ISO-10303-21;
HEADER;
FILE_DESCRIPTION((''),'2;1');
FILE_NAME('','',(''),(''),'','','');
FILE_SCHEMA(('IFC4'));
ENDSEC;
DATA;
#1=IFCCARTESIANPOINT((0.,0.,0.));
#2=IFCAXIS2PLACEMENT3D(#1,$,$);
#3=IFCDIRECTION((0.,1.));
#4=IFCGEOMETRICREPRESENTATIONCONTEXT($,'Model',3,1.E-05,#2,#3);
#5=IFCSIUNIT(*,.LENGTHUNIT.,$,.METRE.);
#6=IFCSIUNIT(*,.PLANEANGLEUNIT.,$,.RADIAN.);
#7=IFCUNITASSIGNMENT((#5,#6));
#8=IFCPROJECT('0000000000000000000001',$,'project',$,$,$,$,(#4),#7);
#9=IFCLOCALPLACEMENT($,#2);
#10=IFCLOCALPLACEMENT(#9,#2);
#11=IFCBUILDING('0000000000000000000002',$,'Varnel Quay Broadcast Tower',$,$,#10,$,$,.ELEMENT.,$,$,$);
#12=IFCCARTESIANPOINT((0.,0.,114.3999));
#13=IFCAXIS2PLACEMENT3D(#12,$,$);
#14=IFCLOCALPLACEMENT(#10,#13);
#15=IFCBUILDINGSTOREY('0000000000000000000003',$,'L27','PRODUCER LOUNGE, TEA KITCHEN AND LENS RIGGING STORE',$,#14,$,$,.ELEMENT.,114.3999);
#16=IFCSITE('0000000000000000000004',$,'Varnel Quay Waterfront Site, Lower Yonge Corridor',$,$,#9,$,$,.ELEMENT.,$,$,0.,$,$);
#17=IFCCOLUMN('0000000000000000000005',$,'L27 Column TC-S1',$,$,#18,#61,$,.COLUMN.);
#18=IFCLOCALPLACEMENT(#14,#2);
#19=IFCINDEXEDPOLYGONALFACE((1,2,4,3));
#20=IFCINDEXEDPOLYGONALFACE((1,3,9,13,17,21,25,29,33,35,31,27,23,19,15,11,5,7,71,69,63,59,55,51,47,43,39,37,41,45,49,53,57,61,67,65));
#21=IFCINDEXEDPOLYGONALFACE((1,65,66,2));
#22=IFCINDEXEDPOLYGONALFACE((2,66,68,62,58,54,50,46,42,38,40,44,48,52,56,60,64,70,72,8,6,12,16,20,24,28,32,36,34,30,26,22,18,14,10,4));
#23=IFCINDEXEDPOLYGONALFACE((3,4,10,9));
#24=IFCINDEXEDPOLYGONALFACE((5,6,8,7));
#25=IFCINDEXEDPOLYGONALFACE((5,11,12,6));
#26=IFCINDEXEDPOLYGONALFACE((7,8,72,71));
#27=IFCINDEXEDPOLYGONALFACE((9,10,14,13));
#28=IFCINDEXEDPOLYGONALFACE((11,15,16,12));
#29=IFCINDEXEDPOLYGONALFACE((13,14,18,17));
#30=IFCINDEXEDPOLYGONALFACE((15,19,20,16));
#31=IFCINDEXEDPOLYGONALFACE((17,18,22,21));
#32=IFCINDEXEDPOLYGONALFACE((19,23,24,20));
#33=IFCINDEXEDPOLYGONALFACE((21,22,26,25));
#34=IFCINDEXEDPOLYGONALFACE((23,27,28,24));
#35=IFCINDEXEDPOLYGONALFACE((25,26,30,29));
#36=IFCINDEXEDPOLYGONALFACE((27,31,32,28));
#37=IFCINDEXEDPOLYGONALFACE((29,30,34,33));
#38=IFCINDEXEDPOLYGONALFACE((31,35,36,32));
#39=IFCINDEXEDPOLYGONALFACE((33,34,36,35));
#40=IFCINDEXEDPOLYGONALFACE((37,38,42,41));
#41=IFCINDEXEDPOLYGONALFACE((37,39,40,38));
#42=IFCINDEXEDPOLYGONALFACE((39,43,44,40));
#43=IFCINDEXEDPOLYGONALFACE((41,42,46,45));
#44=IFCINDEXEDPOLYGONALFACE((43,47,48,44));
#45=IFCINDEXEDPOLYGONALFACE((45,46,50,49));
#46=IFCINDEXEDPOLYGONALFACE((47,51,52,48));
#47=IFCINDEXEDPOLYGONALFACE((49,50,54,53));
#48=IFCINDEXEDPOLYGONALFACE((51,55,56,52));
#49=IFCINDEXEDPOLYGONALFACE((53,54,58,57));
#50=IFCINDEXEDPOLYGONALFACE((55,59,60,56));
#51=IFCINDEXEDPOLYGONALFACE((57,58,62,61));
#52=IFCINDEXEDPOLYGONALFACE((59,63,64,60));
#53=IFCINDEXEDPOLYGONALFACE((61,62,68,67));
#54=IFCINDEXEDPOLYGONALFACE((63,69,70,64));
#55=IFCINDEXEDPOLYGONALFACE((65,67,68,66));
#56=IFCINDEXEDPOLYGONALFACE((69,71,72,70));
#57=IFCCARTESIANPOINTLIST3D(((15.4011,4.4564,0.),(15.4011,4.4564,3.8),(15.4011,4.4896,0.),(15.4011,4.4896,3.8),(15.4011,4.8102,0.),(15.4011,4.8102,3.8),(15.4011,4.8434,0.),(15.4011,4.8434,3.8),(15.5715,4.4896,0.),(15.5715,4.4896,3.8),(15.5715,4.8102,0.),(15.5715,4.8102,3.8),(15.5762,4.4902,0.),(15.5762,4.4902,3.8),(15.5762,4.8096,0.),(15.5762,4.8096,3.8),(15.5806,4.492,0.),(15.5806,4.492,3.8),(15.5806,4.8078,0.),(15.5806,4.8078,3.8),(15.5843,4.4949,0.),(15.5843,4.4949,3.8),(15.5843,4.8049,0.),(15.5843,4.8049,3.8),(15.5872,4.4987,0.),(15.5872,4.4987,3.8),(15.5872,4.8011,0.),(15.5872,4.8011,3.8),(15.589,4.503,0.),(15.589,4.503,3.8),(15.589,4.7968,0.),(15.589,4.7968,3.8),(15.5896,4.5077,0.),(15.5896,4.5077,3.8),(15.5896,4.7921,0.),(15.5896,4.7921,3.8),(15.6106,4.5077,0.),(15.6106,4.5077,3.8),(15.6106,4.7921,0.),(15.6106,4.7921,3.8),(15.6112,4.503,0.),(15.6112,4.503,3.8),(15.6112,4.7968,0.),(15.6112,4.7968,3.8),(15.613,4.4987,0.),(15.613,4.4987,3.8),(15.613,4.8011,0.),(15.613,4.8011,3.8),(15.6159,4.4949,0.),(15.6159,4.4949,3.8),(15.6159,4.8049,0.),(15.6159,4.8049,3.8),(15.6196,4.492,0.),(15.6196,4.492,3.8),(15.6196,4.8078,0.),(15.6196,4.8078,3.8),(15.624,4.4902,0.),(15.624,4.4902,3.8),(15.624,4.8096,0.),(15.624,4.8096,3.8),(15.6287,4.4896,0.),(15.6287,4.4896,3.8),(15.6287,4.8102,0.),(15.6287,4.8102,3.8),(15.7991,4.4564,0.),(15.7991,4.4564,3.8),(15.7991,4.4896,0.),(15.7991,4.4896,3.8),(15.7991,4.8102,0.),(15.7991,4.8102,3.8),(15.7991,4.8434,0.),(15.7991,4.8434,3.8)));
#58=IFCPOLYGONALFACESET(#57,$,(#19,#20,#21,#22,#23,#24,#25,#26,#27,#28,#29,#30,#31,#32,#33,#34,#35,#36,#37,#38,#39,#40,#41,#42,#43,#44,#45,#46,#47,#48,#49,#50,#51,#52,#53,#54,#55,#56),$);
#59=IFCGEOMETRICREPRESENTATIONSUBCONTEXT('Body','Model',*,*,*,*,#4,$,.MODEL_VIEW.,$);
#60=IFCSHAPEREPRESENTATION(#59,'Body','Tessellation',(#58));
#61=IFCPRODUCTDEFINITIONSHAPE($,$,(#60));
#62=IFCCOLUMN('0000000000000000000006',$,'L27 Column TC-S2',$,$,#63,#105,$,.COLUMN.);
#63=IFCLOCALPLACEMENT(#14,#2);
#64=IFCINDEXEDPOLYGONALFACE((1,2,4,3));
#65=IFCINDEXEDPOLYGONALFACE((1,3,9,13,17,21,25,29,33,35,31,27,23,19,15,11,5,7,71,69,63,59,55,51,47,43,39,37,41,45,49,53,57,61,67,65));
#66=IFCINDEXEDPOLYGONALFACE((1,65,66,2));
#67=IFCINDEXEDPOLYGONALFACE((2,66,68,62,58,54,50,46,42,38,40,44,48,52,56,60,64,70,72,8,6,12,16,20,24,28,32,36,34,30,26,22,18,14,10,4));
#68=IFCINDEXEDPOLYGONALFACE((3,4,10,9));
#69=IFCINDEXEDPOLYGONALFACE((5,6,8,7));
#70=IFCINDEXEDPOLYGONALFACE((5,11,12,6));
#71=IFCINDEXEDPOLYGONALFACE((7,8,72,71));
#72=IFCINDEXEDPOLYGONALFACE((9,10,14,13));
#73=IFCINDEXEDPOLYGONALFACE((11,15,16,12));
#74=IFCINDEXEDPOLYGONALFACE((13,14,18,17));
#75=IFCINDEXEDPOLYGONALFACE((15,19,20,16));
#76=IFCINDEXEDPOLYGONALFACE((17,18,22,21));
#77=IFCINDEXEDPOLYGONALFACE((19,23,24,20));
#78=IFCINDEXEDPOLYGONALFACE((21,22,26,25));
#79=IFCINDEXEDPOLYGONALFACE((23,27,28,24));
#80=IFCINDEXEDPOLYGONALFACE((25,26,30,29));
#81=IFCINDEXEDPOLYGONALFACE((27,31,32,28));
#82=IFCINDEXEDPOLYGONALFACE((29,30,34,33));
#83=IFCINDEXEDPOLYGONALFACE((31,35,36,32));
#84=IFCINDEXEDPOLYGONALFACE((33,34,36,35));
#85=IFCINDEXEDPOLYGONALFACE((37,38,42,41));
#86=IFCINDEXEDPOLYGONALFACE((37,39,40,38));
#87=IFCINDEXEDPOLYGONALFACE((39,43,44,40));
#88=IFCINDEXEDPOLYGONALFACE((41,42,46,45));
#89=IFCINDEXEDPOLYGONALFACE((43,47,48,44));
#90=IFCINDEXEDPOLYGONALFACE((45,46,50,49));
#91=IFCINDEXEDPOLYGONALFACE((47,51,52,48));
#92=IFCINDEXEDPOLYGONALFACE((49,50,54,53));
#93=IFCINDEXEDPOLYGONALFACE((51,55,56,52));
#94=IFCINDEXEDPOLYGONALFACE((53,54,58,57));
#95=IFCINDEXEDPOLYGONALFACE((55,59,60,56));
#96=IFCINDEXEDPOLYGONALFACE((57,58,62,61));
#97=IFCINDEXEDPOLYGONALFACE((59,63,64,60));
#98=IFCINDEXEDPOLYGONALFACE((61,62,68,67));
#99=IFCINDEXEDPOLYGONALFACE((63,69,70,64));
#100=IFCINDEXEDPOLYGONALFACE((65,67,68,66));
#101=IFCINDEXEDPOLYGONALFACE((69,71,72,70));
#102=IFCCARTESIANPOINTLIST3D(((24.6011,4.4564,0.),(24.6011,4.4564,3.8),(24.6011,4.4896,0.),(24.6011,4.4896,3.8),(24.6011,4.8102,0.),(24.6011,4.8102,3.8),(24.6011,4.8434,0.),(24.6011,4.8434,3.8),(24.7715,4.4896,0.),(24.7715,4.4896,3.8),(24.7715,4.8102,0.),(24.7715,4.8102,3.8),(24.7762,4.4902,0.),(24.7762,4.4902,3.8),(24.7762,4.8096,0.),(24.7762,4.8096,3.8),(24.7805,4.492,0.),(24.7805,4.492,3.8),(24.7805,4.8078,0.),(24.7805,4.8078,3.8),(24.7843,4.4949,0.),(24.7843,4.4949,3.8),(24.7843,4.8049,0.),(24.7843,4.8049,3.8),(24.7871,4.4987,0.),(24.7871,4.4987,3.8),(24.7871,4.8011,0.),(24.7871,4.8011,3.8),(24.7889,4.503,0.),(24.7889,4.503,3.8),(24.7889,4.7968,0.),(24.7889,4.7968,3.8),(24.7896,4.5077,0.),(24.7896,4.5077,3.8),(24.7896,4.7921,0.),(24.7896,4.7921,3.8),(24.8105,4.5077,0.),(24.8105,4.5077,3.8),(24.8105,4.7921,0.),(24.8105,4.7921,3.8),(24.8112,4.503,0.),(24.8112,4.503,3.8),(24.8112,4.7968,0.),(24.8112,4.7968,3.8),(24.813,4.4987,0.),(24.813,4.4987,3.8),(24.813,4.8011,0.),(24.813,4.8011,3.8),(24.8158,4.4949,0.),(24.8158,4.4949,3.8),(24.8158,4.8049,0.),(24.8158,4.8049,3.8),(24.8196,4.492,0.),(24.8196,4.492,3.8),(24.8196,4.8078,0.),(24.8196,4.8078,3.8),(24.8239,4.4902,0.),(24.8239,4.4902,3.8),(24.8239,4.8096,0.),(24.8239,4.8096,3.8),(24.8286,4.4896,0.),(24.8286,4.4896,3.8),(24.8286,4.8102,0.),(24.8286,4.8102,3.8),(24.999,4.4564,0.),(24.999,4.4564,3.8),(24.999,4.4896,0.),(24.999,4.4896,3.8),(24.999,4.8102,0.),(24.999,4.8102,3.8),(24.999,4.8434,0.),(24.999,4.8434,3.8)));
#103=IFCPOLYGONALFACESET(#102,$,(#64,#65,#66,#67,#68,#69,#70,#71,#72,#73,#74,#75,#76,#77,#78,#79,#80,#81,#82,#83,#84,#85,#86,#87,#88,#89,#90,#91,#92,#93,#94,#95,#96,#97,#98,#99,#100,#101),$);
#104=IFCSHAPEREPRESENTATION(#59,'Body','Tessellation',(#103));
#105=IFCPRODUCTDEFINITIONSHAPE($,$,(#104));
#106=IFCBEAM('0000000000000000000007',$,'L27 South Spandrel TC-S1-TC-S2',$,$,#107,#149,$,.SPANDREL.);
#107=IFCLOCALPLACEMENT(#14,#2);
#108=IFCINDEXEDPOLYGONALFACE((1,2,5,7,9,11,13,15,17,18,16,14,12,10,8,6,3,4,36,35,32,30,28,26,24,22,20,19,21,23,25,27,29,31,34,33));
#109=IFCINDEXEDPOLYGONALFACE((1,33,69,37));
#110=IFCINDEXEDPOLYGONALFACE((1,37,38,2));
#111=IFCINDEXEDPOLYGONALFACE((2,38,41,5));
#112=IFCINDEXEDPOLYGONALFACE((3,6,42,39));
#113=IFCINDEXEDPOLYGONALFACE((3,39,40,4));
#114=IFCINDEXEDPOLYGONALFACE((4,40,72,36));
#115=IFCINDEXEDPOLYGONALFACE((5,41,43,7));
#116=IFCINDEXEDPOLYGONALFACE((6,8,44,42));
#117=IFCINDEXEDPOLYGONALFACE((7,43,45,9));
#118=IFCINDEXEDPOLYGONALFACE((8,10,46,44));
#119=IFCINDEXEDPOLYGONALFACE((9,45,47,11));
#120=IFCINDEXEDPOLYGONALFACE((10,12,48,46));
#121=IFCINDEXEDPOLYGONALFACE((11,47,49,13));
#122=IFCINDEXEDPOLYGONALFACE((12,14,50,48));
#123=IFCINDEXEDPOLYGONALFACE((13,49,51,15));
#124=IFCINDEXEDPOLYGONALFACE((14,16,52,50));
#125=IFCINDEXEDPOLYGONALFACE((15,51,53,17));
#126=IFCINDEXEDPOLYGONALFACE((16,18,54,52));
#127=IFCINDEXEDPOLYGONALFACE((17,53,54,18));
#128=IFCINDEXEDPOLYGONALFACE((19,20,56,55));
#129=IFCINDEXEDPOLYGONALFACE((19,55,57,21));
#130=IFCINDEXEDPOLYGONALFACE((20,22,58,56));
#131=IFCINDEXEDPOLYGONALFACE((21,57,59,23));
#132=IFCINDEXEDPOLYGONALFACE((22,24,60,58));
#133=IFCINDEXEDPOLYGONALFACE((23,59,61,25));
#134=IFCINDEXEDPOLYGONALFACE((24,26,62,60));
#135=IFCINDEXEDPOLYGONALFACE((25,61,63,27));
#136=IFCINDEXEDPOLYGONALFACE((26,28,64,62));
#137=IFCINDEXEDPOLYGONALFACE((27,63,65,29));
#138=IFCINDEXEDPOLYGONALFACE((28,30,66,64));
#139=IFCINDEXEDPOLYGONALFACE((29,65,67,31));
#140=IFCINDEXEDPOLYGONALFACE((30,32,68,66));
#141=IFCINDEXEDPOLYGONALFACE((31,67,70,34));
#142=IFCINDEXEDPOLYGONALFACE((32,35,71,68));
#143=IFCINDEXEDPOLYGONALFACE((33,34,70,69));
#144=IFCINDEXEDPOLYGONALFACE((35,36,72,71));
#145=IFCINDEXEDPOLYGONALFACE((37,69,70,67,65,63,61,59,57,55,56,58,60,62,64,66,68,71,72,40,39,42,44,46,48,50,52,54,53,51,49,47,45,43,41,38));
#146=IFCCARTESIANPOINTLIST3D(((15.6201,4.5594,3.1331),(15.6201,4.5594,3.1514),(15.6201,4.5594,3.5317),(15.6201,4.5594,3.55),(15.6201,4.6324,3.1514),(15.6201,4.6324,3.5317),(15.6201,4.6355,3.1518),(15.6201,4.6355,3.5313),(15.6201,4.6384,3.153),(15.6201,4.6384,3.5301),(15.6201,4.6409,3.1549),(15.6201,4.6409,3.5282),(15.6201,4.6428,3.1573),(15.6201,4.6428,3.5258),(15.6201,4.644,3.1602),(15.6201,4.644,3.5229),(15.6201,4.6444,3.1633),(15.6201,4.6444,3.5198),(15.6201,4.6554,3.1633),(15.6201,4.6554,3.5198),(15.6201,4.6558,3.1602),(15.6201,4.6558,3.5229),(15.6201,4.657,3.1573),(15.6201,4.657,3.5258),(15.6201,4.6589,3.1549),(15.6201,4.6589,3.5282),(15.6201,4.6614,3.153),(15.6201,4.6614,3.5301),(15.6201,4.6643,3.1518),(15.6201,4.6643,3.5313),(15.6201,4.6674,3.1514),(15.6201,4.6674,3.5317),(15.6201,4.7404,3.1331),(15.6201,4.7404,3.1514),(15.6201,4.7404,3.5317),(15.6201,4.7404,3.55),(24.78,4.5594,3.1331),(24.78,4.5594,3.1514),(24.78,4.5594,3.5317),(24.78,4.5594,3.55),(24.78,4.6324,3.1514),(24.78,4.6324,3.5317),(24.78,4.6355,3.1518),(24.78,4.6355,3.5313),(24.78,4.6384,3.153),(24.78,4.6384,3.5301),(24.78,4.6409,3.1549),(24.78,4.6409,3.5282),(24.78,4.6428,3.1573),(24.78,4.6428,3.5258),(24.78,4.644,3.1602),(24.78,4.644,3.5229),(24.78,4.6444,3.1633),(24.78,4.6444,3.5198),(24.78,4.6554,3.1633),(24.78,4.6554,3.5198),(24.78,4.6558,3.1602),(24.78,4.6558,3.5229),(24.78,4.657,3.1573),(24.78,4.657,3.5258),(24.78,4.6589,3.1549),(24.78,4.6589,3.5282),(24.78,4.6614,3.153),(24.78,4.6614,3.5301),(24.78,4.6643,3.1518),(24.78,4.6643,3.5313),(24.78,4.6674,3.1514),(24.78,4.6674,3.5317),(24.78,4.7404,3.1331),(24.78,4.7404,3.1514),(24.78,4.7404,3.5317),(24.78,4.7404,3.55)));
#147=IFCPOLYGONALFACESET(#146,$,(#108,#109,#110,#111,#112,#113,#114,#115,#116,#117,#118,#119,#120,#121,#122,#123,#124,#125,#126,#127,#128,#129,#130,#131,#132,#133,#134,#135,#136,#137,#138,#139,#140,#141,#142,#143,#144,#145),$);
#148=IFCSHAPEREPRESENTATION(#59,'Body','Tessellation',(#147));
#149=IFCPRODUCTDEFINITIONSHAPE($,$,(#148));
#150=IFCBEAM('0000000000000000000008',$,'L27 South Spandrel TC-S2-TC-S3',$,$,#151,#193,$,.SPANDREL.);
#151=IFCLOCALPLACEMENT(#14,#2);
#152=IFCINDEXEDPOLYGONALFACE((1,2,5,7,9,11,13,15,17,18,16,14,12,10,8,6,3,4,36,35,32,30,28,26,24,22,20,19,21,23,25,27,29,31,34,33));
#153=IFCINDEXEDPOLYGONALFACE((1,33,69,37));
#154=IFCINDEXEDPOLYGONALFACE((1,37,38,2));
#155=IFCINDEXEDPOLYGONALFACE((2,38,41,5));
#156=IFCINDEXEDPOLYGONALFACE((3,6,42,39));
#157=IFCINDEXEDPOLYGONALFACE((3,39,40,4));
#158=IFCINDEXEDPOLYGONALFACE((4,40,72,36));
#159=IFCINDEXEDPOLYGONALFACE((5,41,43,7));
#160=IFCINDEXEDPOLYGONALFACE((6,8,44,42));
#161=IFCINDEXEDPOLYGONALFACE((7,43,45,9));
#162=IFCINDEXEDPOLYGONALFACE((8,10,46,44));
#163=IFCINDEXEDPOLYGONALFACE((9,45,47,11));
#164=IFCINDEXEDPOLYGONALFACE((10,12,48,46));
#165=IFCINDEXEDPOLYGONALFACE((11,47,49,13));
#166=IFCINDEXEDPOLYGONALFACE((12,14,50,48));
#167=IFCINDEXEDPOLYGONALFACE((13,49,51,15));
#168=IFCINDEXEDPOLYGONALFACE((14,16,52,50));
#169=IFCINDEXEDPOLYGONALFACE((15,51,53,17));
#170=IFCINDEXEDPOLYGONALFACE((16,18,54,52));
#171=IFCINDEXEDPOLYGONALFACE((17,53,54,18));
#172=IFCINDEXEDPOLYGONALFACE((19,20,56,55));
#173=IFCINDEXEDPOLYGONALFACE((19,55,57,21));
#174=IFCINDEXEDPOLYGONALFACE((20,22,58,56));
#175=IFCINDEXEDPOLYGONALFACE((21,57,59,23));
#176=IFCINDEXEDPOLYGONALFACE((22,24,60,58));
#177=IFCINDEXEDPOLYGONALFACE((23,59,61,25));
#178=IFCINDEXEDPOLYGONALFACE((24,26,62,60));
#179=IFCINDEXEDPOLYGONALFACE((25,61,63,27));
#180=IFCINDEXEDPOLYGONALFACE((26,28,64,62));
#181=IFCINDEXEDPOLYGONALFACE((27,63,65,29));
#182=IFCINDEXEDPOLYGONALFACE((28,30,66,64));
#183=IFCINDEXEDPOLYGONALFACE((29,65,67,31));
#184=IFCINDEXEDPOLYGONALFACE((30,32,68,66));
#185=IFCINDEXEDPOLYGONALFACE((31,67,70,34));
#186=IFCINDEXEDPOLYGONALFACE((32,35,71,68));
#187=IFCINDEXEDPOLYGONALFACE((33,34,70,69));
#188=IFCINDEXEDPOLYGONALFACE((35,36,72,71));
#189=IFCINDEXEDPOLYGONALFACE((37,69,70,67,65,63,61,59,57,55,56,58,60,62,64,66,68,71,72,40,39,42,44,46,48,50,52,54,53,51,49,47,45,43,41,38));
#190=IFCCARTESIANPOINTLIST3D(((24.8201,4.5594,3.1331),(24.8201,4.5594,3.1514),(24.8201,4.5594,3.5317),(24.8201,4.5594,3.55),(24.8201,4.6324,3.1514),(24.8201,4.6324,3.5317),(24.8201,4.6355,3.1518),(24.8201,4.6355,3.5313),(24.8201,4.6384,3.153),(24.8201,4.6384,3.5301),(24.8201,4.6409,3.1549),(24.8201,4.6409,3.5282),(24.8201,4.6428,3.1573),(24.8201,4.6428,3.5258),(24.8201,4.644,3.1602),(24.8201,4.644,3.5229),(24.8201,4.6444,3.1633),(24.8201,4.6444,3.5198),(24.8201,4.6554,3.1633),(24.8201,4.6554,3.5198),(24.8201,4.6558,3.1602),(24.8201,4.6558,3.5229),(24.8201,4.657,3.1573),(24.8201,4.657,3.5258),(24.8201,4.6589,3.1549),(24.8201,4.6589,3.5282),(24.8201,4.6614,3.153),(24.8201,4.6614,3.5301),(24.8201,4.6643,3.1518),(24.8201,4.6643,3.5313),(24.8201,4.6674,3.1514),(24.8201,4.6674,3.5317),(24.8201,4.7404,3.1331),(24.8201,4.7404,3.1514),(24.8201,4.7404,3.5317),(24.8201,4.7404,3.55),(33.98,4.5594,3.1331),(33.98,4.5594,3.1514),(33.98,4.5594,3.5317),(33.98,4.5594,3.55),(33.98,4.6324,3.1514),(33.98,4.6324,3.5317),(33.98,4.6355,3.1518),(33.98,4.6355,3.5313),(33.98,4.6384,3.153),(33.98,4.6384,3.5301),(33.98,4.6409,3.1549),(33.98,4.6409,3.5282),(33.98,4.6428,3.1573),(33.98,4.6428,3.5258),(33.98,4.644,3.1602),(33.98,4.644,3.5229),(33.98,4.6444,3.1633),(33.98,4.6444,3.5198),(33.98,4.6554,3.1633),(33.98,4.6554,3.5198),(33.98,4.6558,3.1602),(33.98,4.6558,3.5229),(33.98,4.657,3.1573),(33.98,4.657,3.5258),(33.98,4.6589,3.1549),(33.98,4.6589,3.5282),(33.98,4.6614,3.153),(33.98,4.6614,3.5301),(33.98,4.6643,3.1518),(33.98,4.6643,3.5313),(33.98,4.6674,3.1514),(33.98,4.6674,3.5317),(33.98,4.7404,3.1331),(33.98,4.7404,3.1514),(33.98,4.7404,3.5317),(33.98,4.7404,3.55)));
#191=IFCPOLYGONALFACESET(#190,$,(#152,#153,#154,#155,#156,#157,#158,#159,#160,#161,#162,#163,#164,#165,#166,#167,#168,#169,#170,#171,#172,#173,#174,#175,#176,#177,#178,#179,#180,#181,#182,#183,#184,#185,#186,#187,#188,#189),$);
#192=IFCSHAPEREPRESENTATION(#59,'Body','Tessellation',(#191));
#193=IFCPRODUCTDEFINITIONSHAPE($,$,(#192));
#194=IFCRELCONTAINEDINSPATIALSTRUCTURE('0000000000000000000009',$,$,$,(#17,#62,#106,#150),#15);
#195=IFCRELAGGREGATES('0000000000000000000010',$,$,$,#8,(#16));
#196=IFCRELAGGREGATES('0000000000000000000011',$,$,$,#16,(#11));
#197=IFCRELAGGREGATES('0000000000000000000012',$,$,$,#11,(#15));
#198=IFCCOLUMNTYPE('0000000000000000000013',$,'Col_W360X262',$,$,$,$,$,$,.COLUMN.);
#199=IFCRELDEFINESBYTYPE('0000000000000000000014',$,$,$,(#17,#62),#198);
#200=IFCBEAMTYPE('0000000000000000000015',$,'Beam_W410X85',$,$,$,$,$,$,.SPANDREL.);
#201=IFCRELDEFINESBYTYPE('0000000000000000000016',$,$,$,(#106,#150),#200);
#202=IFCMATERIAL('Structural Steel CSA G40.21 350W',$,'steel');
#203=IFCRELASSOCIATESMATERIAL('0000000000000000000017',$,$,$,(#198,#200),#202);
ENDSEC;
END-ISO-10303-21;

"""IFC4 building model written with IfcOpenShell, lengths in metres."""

from ifc_helpers import new_model, si_unit, direction, frame, origin, origin_2d, place, context, subcontext, project, spatial, i_section, extrude, source, transform, mapped, material, material_profile, profile_set, type_object, type_shapes, element, save


model = new_model("IFC4")

# Units and contexts
model_context = context("Model", 3, precision=1e-05, world=origin(), true_north=direction((0.0, 1.0)))
body_context = subcontext(model_context, "Body", "Model", "MODEL_VIEW")
ifc_project = project(units=[si_unit("LENGTHUNIT", "METRE"), si_unit("PLANEANGLEUNIT", "RADIAN")], contexts=[model_context])

# Site, building, storey
site_placement = place(None, origin())
site = spatial("IfcSite", under=ifc_project, at=site_placement, Name="Varnel Quay Waterfront Site, Lower Yonge Corridor", CompositionType="ELEMENT", RefElevation=0.0)
building_placement = place(site_placement, origin())
building = spatial("IfcBuilding", under=site, at=building_placement, Name="Varnel Quay Broadcast Tower", CompositionType="ELEMENT")
storey_placement = place(building_placement, frame((0.0, 0.0, 114.3999)))
storey = spatial("IfcBuildingStorey", under=building, at=storey_placement, Name="L27", Description="PRODUCER LOUNGE, TEA KITCHEN AND LENS RIGGING STORE", CompositionType="ELEMENT", Elevation=114.3999)

# Columns
ifc_material_1 = material(Name="Structural Steel CSA G40.21 350W", Category="steel")
ifc_material_profile_1 = material_profile(ifc_material_1, i_section(OverallWidth=0.3979, OverallDepth=0.387, WebThickness=0.021, FlangeThickness=0.0332, FilletRadius=0.0181, at=origin_2d()), Name="W360X262")
ifc_profile_set_1 = profile_set([ifc_material_profile_1], Name="Structural Steel CSA G40.21 350W")
column_type = type_object("IfcColumnType", Name="Col_W360X262", PredefinedType="COLUMN", material=ifc_profile_set_1)
shared_shape_1 = source(origin(), body_context, "Body", "SweptSolid", [
    extrude(i_section(OverallWidth=0.3979, OverallDepth=0.387, WebThickness=0.021, FlangeThickness=0.0332, FilletRadius=0.0181, at=origin_2d()), origin(), (0.0, 0.0, 1.0), 3.8),
])
type_shapes(column_type, [shared_shape_1])
for number, where, z_axis, x_axis, name in (
    (1, (15.6001, 4.6499, 0.0), (0.0, 0.0, 1.0), (1.0, 0.0, 0.0), "L27 Column TC-S1"),
    (2, (24.8, 4.6499, 0.0), (0.0, 0.0, 1.0), (1.0, 0.0, 0.0), "L27 Column TC-S2"),
):
    element("IfcColumn", number, at=place(storey_placement, frame(where, z_axis=z_axis, x_axis=x_axis)), inside=storey, type_object=column_type, Name=name, PredefinedType="COLUMN", context=body_context, shape_type="MappedRepresentation", body=[
        mapped(shared_shape_1, transform((0.0, 0.0, 0.0), x_axis=(1.0, 0.0, 0.0), y_axis=(0.0, 1.0, 0.0), z_axis=(0.0, 0.0, 1.0), scale=1.0)),
    ])

# Beams
ifc_material_profile_2 = material_profile(ifc_material_1, i_section(OverallWidth=0.1809, OverallDepth=0.417, WebThickness=0.011, FlangeThickness=0.0183, FilletRadius=0.012, at=origin_2d()), Name="W410X85")
ifc_profile_set_2 = profile_set([ifc_material_profile_2], Name="Structural Steel CSA G40.21 350W")
beam_type_1 = type_object("IfcBeamType", Name="Beam_W410X85", PredefinedType="SPANDREL", material=ifc_profile_set_2)
shared_shape_2 = source(origin(), body_context, "Body", "SweptSolid", [
    extrude(i_section(OverallWidth=0.1809, OverallDepth=0.417, WebThickness=0.011, FlangeThickness=0.0183, FilletRadius=0.012, at=origin_2d()), origin(), (0.0, 0.0, 1.0), 9.1599),
])
for number, where, z_axis, x_axis, name in (
    (3, (15.6201, 4.6499, 3.3416), (1.0, 0.0, 0.0), (0.0, 1.0, 0.0), "L27 South Spandrel TC-S1-TC-S2"),
    (4, (24.8201, 4.6499, 3.3416), (1.0, 0.0, 0.0), (0.0, 1.0, 0.0), "L27 South Spandrel TC-S2-TC-S3"),
):
    element("IfcBeam", number, at=place(storey_placement, frame(where, z_axis=z_axis, x_axis=x_axis)), inside=storey, type_object=beam_type_1, Name=name, PredefinedType="SPANDREL", context=body_context, shape_type="MappedRepresentation", body=[
        mapped(shared_shape_2, transform((0.0, 0.0, 0.0), x_axis=(1.0, 0.0, 0.0), y_axis=(0.0, 1.0, 0.0), z_axis=(0.0, 0.0, 1.0), scale=1.0)),
    ])

save(model, "model.ifc")
